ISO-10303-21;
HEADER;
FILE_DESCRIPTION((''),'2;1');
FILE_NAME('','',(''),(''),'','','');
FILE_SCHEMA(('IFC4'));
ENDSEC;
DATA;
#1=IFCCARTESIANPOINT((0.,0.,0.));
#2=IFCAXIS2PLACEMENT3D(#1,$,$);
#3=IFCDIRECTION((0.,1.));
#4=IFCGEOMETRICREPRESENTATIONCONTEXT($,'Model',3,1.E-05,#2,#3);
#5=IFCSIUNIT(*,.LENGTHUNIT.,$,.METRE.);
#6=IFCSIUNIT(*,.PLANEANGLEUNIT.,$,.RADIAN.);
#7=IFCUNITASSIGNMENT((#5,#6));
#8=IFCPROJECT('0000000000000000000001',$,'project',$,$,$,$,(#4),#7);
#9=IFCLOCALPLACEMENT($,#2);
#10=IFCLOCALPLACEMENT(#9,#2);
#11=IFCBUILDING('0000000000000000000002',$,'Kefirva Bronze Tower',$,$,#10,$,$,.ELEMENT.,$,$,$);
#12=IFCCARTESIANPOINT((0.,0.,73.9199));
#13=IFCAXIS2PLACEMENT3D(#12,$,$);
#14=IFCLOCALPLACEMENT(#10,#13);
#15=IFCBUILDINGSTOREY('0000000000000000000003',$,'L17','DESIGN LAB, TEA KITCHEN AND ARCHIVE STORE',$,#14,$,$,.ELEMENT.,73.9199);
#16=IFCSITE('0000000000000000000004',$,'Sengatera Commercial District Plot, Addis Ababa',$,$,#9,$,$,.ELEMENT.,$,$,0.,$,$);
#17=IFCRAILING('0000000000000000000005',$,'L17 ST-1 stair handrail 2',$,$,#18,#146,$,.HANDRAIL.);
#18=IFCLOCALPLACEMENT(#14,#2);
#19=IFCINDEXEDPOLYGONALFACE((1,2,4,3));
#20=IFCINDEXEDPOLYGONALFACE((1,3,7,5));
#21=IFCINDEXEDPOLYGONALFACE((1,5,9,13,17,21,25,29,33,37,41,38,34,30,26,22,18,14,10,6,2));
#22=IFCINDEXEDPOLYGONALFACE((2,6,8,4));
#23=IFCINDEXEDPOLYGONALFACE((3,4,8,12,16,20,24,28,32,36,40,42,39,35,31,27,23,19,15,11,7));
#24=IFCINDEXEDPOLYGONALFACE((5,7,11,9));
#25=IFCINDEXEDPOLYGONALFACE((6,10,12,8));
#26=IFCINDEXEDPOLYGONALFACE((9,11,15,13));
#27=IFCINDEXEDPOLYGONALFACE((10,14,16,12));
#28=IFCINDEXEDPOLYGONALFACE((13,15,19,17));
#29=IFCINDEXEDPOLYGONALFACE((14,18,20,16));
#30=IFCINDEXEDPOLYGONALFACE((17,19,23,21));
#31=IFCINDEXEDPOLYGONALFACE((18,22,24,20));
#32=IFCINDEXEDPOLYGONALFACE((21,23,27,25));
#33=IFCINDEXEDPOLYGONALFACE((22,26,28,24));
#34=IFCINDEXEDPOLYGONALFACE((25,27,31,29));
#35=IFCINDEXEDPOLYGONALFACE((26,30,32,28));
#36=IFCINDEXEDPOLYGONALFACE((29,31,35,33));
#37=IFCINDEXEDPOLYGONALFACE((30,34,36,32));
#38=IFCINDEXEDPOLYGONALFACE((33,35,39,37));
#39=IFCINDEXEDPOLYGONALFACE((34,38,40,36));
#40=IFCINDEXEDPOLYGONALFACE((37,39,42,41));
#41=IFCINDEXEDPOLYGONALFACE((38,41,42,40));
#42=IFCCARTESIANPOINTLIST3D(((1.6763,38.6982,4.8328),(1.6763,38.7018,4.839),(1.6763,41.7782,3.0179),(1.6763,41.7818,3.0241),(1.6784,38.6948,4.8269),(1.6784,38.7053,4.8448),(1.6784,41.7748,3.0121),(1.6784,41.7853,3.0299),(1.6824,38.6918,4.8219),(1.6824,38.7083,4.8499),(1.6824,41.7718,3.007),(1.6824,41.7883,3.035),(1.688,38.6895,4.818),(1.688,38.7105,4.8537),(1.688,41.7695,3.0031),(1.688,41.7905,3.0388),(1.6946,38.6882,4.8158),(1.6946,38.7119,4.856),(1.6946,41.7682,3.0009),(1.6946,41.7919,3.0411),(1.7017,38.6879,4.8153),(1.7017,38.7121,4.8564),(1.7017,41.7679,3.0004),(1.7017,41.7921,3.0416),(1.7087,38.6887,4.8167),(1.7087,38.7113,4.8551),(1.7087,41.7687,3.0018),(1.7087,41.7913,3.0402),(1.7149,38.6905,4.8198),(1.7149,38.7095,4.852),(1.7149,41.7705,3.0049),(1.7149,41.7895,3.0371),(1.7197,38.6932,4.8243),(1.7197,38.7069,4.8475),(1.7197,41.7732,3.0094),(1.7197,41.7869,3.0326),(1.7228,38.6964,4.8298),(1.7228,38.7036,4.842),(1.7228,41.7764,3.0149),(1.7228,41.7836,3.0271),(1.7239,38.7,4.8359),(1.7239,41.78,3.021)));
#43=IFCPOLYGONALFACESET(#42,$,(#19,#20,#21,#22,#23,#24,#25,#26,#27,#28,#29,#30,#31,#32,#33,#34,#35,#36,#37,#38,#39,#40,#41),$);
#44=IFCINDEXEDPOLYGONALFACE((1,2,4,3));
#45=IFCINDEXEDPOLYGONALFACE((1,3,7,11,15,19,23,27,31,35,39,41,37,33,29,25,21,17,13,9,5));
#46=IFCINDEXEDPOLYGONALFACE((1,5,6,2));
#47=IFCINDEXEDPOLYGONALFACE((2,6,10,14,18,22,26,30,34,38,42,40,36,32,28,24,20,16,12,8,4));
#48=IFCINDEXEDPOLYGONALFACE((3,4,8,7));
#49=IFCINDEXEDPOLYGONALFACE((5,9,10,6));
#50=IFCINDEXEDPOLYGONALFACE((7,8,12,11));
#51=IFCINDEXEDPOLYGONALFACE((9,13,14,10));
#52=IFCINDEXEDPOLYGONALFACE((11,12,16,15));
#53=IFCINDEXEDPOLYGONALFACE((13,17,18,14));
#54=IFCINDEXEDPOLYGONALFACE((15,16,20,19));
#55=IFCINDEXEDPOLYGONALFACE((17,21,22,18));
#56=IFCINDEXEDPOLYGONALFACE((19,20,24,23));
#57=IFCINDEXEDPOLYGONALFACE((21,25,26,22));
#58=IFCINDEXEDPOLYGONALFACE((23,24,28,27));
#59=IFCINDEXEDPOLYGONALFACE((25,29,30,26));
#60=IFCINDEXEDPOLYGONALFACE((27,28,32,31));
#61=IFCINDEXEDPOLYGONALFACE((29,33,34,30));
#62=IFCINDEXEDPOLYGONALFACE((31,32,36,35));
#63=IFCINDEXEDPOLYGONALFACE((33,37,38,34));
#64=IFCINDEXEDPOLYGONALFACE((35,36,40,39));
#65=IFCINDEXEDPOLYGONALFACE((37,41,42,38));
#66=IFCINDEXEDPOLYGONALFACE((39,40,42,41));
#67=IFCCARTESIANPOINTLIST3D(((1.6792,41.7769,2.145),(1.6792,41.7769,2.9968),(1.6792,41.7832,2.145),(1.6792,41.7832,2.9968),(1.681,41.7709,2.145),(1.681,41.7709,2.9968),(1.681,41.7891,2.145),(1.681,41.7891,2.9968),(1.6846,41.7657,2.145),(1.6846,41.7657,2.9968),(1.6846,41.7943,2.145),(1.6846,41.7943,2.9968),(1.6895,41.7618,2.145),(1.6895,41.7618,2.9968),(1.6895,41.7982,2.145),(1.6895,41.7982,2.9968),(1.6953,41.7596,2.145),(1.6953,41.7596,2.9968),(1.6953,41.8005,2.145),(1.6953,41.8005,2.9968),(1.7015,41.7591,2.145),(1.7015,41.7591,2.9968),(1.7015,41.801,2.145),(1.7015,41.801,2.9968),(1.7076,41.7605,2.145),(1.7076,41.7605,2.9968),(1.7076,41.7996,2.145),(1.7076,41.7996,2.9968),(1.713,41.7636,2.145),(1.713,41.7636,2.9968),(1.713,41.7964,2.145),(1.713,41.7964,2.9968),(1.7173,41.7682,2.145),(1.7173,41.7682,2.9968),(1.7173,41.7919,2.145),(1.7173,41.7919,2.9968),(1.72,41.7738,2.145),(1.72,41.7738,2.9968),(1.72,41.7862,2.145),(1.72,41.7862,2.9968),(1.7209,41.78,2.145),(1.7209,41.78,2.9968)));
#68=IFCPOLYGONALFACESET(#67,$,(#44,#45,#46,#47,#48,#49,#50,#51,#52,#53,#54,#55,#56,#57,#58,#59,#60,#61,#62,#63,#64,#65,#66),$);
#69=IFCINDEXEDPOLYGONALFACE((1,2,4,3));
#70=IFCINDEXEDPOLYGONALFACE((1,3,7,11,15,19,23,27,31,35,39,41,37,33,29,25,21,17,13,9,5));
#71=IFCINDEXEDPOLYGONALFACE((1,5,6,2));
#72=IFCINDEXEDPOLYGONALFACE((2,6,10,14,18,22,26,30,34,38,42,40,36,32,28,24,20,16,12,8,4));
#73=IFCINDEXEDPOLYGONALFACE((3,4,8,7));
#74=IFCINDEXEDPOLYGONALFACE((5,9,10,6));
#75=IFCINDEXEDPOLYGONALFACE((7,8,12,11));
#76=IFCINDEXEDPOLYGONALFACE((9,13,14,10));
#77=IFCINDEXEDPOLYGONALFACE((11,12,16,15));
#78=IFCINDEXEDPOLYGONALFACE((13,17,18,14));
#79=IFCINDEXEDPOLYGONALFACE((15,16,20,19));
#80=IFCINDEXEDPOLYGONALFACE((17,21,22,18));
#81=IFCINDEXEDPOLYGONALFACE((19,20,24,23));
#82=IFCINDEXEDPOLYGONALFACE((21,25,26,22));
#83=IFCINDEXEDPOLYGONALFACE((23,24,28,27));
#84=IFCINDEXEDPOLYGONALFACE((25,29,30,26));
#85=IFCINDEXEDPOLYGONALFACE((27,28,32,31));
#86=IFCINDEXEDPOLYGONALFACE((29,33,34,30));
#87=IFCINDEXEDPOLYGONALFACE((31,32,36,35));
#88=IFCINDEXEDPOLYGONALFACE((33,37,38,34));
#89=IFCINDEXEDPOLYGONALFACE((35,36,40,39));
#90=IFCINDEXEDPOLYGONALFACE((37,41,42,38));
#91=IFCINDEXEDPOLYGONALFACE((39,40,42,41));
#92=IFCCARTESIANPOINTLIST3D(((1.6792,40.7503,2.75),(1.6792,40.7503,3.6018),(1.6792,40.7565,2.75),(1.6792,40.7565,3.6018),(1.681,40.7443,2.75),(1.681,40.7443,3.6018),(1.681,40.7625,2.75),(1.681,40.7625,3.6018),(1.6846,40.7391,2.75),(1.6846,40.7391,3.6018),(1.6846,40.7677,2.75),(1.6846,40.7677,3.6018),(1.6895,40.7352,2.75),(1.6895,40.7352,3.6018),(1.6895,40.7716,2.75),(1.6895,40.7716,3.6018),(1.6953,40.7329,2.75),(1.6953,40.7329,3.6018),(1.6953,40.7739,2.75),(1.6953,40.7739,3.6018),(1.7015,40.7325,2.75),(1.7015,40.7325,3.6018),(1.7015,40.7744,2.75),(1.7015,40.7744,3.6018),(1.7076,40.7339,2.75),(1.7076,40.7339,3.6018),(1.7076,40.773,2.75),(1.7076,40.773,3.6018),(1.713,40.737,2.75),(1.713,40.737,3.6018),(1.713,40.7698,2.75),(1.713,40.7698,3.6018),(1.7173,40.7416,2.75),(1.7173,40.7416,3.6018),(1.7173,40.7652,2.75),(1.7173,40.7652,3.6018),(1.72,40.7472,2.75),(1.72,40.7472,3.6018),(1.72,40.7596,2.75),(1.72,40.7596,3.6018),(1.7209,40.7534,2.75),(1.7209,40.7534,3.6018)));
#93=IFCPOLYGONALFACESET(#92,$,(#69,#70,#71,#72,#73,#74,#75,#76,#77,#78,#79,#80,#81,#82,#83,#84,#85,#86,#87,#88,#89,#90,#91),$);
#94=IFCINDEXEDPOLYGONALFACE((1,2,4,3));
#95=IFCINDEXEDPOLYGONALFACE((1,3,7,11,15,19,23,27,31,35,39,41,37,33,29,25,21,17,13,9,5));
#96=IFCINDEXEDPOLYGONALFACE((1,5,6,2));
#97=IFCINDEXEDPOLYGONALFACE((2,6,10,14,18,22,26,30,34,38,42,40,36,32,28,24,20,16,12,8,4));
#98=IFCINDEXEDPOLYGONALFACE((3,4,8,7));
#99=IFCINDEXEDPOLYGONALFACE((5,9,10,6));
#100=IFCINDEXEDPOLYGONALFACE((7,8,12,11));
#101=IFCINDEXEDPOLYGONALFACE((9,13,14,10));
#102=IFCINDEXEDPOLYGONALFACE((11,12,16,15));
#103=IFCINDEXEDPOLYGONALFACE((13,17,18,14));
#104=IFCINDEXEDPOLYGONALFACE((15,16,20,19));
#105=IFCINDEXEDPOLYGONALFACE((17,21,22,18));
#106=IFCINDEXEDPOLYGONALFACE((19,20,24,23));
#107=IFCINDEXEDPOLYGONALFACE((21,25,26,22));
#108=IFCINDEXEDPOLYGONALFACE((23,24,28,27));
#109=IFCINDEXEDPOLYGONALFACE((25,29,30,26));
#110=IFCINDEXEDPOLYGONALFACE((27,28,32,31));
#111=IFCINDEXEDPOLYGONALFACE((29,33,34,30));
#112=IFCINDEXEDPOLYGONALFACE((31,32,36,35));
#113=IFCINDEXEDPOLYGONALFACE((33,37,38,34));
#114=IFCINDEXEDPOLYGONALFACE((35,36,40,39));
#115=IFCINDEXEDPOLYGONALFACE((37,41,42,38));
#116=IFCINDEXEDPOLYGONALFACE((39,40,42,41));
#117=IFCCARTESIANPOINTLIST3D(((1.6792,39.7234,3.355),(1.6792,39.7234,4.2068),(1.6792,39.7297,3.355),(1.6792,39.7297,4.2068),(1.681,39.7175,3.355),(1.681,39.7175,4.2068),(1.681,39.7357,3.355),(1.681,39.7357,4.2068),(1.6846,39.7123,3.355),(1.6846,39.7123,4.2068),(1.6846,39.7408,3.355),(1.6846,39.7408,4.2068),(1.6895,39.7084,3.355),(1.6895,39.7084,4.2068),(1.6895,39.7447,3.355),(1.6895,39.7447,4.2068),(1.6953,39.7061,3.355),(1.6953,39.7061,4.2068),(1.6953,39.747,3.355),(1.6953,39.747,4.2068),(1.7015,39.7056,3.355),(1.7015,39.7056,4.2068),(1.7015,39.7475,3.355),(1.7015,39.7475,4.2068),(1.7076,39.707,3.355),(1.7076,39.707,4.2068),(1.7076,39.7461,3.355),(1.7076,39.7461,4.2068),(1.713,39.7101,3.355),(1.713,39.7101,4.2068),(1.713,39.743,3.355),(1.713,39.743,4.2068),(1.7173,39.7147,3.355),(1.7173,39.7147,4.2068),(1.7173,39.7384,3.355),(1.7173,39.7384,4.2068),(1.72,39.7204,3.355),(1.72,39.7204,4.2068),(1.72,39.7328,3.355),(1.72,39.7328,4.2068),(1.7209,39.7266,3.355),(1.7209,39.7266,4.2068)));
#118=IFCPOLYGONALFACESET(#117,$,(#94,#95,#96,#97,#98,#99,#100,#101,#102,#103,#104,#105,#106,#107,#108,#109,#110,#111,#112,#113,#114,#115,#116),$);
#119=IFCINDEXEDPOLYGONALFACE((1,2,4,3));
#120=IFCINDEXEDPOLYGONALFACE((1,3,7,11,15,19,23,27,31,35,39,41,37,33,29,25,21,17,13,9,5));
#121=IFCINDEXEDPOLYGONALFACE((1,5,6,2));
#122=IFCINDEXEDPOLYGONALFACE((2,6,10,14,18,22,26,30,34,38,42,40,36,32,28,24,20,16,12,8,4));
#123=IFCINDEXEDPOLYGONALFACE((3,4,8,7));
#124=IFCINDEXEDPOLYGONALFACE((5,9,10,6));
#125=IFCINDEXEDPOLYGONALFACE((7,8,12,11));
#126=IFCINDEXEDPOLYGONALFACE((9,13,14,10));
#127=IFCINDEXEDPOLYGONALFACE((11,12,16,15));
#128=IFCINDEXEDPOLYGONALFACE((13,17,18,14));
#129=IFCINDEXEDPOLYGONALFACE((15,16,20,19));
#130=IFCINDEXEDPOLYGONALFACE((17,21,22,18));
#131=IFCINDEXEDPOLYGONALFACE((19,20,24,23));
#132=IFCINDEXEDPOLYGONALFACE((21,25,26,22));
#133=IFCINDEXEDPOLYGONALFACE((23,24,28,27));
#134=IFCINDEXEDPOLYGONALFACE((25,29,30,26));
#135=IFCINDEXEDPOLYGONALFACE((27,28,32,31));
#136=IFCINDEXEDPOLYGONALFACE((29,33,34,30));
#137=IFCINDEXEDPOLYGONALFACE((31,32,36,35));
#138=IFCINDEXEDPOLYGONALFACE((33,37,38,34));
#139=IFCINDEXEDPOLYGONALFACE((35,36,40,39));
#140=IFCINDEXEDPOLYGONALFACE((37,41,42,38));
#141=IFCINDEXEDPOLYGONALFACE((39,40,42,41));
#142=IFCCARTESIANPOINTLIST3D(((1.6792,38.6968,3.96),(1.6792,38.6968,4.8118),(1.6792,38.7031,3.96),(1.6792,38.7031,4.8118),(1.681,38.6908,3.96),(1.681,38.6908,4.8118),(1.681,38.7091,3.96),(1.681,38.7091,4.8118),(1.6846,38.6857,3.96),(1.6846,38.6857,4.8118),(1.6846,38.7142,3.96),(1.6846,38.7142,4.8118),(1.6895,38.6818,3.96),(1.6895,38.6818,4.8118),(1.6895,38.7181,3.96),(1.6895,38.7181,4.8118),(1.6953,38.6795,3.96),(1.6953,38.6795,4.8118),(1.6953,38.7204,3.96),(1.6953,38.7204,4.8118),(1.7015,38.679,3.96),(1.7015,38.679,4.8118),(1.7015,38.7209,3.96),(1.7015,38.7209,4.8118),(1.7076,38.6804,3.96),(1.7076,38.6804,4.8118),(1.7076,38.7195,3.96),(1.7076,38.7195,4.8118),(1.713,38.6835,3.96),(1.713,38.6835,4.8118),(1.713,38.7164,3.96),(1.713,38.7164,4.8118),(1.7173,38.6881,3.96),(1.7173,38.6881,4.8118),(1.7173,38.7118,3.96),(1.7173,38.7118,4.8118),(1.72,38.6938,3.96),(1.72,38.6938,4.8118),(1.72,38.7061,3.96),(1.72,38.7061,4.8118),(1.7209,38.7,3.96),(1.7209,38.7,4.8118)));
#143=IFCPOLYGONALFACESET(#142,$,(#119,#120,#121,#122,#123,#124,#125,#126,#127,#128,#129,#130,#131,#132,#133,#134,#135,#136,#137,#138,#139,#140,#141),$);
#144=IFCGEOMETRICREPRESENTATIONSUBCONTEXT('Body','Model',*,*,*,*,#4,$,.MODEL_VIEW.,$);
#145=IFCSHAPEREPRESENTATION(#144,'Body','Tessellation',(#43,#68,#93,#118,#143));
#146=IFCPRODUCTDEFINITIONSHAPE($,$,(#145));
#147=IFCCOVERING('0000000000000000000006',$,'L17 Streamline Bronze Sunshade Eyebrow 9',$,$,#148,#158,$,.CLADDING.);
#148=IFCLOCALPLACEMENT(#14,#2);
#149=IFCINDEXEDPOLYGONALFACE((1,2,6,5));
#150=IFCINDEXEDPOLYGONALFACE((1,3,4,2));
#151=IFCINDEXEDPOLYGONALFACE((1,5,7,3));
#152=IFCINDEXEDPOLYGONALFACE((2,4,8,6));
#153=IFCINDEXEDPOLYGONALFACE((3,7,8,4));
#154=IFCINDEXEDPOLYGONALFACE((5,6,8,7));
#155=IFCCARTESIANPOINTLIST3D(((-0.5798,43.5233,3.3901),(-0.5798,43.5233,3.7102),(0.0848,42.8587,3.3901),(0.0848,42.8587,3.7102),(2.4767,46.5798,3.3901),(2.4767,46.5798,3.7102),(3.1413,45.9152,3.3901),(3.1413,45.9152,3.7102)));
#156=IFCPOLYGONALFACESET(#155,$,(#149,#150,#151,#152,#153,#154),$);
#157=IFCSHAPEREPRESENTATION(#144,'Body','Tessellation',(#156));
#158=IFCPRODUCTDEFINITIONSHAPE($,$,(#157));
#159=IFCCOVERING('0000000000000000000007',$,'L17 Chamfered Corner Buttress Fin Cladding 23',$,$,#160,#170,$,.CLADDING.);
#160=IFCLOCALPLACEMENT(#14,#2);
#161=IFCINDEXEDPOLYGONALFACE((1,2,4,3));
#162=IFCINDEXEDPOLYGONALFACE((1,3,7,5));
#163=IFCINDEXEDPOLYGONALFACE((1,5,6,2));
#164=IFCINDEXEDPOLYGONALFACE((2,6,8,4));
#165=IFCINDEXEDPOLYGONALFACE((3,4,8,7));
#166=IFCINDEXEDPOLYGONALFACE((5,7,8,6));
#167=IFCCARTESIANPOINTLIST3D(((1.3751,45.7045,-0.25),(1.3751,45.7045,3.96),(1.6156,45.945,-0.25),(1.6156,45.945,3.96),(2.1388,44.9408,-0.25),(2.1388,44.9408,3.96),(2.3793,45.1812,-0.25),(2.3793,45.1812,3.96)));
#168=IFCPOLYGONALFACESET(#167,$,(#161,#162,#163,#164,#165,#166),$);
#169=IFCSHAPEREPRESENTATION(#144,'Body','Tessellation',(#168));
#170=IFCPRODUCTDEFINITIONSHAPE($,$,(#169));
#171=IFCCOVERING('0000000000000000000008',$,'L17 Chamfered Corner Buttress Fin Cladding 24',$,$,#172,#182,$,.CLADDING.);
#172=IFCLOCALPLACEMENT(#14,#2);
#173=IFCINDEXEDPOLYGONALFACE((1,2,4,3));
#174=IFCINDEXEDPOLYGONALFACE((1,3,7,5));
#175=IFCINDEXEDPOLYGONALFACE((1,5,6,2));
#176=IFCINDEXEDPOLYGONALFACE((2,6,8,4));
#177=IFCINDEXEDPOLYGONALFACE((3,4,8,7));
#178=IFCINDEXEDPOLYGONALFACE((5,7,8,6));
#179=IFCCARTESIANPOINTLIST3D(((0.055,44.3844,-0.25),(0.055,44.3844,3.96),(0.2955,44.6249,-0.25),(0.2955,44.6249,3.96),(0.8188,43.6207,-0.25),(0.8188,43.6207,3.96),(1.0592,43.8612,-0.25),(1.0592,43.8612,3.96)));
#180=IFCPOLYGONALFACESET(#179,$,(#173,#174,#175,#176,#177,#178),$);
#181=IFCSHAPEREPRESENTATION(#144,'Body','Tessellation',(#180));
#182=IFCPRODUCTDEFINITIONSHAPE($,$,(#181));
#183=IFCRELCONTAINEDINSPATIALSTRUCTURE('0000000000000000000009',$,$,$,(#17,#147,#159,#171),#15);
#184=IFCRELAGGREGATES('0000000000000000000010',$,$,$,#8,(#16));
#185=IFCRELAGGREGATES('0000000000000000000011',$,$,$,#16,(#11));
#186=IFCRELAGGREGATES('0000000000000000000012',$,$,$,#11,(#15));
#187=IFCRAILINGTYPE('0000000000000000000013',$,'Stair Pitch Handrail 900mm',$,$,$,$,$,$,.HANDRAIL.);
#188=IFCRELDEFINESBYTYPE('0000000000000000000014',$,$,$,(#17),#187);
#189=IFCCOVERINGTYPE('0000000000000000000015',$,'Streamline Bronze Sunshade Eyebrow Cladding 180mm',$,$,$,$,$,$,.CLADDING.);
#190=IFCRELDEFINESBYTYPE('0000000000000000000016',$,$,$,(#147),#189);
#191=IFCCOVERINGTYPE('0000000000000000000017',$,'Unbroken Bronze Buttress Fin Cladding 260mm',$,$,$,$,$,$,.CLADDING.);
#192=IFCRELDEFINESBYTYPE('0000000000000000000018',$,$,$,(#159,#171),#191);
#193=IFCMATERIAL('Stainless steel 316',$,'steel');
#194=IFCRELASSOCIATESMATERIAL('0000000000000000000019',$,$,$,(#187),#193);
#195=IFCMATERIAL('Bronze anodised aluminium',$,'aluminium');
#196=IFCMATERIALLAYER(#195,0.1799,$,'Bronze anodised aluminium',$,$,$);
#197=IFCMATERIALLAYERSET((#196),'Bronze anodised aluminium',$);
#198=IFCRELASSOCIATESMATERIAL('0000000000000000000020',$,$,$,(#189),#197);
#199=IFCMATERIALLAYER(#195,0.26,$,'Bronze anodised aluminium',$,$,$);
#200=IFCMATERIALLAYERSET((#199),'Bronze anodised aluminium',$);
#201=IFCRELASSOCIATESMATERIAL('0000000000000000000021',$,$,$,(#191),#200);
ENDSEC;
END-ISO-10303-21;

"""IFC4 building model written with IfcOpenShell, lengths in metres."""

from ifc_helpers import new_model, si_unit, direction, frame, origin, origin_2d, place, context, subcontext, project, spatial, rectangle, circle, extrude, material, layer, layer_set, type_object, element, save


model = new_model("IFC4")

# Units and contexts
model_context = context("Model", 3, precision=1e-05, world=origin(), true_north=direction((0.0, 1.0)))
body_context = subcontext(model_context, "Body", "Model", "MODEL_VIEW")
ifc_project = project(units=[si_unit("LENGTHUNIT", "METRE"), si_unit("PLANEANGLEUNIT", "RADIAN")], contexts=[model_context])

# Site, building, storey
site_placement = place(None, origin())
site = spatial("IfcSite", under=ifc_project, at=site_placement, Name="Sengatera Commercial District Plot, Addis Ababa", CompositionType="ELEMENT", RefElevation=0.0)
building_placement = place(site_placement, origin())
building = spatial("IfcBuilding", under=site, at=building_placement, Name="Kefirva Bronze Tower", CompositionType="ELEMENT")
storey_placement = place(building_placement, frame((0.0, 0.0, 73.9199)))
storey = spatial("IfcBuildingStorey", under=building, at=storey_placement, Name="L17", Description="DESIGN LAB, TEA KITCHEN AND ARCHIVE STORE", CompositionType="ELEMENT", Elevation=73.9199)

# Shared definitions
ifc_material_1 = material(Name="Bronze anodised aluminium", Category="aluminium")

# Railing
ifc_material_2 = material(Name="Stainless steel 316", Category="steel")
railing_type_1 = type_object("IfcRailingType", Name="Stair Pitch Handrail 900mm", PredefinedType="HANDRAIL", material=ifc_material_2)
railing_1_placement = place(storey_placement, frame((1.7, 41.78, 2.145)))
element("IfcRailing", 1, at=railing_1_placement, inside=storey, type_object=railing_type_1, Name="L17 ST-1 stair handrail 2", PredefinedType="HANDRAIL", context=body_context, shape_type="SweptSolid", body=[
    extrude(circle(Radius=0.0239, at=origin_2d()), frame((0.0, 0.0, 0.876), z_axis=(0.0, -0.861551, 0.507671), x_axis=(1.0, 0.0, 0.0)), (0.0, 0.0, 1.0), 3.575),
    extrude(circle(Radius=0.021, at=origin_2d()), origin(), (0.0, 0.0, 1.0), 0.8518),
    extrude(circle(Radius=0.021, at=origin_2d()), frame((0.0, -1.0266, 0.605)), (0.0, 0.0, 1.0), 0.8518),
    extrude(circle(Radius=0.021, at=origin_2d()), frame((0.0, -2.0535, 1.21)), (0.0, 0.0, 1.0), 0.8518),
    extrude(circle(Radius=0.021, at=origin_2d()), frame((0.0, -3.0801, 1.8149)), (0.0, 0.0, 1.0), 0.8518),
])

# Coverings
ifc_layer_1 = layer(ifc_material_1, 0.1799, Name="Bronze anodised aluminium")
ifc_layer_set_1 = layer_set([ifc_layer_1], Name="Bronze anodised aluminium")
covering_type_1 = type_object("IfcCoveringType", Name="Streamline Bronze Sunshade Eyebrow Cladding 180mm", PredefinedType="CLADDING", material=ifc_layer_set_1)
covering_1_placement = place(storey_placement, frame((1.2808, 44.7192, 3.3901), z_axis=(0.0, 0.0, 1.0), x_axis=(-0.707107, -0.707107, 0.0)))
element("IfcCovering", 2, at=covering_1_placement, inside=storey, type_object=covering_type_1, Name="L17 Streamline Bronze Sunshade Eyebrow 9", PredefinedType="CLADDING", context=body_context, shape_type="SweptSolid", body=[
    extrude(rectangle(XDim=4.3225, YDim=0.9399, at=origin_2d()), origin(), (0.0, 0.0, 1.0), 0.3201),
])
ifc_layer_2 = layer(ifc_material_1, 0.26, Name="Bronze anodised aluminium")
ifc_layer_set_2 = layer_set([ifc_layer_2], Name="Bronze anodised aluminium")
covering_type_2 = type_object("IfcCoveringType", Name="Unbroken Bronze Buttress Fin Cladding 260mm", PredefinedType="CLADDING", material=ifc_layer_set_2)
for number, where, z_axis, x_axis, name in (
    (3, (1.8772, 45.4429, -0.25), (0.0, 0.0, 1.0), (-0.707107, -0.707107, 0.0), "L17 Chamfered Corner Buttress Fin Cladding 23"),
    (4, (0.5571, 44.1228, -0.25), (0.0, 0.0, 1.0), (-0.707107, -0.707107, 0.0), "L17 Chamfered Corner Buttress Fin Cladding 24"),
):
    element("IfcCovering", number, at=place(storey_placement, frame(where, z_axis=z_axis, x_axis=x_axis)), inside=storey, type_object=covering_type_2, Name=name, PredefinedType="CLADDING", context=body_context, shape_type="SweptSolid", body=[
        extrude(rectangle(XDim=0.3401, YDim=1.0801, at=origin_2d()), origin(), (0.0, 0.0, 1.0), 4.21),
    ])

save(model, "model.ifc")
